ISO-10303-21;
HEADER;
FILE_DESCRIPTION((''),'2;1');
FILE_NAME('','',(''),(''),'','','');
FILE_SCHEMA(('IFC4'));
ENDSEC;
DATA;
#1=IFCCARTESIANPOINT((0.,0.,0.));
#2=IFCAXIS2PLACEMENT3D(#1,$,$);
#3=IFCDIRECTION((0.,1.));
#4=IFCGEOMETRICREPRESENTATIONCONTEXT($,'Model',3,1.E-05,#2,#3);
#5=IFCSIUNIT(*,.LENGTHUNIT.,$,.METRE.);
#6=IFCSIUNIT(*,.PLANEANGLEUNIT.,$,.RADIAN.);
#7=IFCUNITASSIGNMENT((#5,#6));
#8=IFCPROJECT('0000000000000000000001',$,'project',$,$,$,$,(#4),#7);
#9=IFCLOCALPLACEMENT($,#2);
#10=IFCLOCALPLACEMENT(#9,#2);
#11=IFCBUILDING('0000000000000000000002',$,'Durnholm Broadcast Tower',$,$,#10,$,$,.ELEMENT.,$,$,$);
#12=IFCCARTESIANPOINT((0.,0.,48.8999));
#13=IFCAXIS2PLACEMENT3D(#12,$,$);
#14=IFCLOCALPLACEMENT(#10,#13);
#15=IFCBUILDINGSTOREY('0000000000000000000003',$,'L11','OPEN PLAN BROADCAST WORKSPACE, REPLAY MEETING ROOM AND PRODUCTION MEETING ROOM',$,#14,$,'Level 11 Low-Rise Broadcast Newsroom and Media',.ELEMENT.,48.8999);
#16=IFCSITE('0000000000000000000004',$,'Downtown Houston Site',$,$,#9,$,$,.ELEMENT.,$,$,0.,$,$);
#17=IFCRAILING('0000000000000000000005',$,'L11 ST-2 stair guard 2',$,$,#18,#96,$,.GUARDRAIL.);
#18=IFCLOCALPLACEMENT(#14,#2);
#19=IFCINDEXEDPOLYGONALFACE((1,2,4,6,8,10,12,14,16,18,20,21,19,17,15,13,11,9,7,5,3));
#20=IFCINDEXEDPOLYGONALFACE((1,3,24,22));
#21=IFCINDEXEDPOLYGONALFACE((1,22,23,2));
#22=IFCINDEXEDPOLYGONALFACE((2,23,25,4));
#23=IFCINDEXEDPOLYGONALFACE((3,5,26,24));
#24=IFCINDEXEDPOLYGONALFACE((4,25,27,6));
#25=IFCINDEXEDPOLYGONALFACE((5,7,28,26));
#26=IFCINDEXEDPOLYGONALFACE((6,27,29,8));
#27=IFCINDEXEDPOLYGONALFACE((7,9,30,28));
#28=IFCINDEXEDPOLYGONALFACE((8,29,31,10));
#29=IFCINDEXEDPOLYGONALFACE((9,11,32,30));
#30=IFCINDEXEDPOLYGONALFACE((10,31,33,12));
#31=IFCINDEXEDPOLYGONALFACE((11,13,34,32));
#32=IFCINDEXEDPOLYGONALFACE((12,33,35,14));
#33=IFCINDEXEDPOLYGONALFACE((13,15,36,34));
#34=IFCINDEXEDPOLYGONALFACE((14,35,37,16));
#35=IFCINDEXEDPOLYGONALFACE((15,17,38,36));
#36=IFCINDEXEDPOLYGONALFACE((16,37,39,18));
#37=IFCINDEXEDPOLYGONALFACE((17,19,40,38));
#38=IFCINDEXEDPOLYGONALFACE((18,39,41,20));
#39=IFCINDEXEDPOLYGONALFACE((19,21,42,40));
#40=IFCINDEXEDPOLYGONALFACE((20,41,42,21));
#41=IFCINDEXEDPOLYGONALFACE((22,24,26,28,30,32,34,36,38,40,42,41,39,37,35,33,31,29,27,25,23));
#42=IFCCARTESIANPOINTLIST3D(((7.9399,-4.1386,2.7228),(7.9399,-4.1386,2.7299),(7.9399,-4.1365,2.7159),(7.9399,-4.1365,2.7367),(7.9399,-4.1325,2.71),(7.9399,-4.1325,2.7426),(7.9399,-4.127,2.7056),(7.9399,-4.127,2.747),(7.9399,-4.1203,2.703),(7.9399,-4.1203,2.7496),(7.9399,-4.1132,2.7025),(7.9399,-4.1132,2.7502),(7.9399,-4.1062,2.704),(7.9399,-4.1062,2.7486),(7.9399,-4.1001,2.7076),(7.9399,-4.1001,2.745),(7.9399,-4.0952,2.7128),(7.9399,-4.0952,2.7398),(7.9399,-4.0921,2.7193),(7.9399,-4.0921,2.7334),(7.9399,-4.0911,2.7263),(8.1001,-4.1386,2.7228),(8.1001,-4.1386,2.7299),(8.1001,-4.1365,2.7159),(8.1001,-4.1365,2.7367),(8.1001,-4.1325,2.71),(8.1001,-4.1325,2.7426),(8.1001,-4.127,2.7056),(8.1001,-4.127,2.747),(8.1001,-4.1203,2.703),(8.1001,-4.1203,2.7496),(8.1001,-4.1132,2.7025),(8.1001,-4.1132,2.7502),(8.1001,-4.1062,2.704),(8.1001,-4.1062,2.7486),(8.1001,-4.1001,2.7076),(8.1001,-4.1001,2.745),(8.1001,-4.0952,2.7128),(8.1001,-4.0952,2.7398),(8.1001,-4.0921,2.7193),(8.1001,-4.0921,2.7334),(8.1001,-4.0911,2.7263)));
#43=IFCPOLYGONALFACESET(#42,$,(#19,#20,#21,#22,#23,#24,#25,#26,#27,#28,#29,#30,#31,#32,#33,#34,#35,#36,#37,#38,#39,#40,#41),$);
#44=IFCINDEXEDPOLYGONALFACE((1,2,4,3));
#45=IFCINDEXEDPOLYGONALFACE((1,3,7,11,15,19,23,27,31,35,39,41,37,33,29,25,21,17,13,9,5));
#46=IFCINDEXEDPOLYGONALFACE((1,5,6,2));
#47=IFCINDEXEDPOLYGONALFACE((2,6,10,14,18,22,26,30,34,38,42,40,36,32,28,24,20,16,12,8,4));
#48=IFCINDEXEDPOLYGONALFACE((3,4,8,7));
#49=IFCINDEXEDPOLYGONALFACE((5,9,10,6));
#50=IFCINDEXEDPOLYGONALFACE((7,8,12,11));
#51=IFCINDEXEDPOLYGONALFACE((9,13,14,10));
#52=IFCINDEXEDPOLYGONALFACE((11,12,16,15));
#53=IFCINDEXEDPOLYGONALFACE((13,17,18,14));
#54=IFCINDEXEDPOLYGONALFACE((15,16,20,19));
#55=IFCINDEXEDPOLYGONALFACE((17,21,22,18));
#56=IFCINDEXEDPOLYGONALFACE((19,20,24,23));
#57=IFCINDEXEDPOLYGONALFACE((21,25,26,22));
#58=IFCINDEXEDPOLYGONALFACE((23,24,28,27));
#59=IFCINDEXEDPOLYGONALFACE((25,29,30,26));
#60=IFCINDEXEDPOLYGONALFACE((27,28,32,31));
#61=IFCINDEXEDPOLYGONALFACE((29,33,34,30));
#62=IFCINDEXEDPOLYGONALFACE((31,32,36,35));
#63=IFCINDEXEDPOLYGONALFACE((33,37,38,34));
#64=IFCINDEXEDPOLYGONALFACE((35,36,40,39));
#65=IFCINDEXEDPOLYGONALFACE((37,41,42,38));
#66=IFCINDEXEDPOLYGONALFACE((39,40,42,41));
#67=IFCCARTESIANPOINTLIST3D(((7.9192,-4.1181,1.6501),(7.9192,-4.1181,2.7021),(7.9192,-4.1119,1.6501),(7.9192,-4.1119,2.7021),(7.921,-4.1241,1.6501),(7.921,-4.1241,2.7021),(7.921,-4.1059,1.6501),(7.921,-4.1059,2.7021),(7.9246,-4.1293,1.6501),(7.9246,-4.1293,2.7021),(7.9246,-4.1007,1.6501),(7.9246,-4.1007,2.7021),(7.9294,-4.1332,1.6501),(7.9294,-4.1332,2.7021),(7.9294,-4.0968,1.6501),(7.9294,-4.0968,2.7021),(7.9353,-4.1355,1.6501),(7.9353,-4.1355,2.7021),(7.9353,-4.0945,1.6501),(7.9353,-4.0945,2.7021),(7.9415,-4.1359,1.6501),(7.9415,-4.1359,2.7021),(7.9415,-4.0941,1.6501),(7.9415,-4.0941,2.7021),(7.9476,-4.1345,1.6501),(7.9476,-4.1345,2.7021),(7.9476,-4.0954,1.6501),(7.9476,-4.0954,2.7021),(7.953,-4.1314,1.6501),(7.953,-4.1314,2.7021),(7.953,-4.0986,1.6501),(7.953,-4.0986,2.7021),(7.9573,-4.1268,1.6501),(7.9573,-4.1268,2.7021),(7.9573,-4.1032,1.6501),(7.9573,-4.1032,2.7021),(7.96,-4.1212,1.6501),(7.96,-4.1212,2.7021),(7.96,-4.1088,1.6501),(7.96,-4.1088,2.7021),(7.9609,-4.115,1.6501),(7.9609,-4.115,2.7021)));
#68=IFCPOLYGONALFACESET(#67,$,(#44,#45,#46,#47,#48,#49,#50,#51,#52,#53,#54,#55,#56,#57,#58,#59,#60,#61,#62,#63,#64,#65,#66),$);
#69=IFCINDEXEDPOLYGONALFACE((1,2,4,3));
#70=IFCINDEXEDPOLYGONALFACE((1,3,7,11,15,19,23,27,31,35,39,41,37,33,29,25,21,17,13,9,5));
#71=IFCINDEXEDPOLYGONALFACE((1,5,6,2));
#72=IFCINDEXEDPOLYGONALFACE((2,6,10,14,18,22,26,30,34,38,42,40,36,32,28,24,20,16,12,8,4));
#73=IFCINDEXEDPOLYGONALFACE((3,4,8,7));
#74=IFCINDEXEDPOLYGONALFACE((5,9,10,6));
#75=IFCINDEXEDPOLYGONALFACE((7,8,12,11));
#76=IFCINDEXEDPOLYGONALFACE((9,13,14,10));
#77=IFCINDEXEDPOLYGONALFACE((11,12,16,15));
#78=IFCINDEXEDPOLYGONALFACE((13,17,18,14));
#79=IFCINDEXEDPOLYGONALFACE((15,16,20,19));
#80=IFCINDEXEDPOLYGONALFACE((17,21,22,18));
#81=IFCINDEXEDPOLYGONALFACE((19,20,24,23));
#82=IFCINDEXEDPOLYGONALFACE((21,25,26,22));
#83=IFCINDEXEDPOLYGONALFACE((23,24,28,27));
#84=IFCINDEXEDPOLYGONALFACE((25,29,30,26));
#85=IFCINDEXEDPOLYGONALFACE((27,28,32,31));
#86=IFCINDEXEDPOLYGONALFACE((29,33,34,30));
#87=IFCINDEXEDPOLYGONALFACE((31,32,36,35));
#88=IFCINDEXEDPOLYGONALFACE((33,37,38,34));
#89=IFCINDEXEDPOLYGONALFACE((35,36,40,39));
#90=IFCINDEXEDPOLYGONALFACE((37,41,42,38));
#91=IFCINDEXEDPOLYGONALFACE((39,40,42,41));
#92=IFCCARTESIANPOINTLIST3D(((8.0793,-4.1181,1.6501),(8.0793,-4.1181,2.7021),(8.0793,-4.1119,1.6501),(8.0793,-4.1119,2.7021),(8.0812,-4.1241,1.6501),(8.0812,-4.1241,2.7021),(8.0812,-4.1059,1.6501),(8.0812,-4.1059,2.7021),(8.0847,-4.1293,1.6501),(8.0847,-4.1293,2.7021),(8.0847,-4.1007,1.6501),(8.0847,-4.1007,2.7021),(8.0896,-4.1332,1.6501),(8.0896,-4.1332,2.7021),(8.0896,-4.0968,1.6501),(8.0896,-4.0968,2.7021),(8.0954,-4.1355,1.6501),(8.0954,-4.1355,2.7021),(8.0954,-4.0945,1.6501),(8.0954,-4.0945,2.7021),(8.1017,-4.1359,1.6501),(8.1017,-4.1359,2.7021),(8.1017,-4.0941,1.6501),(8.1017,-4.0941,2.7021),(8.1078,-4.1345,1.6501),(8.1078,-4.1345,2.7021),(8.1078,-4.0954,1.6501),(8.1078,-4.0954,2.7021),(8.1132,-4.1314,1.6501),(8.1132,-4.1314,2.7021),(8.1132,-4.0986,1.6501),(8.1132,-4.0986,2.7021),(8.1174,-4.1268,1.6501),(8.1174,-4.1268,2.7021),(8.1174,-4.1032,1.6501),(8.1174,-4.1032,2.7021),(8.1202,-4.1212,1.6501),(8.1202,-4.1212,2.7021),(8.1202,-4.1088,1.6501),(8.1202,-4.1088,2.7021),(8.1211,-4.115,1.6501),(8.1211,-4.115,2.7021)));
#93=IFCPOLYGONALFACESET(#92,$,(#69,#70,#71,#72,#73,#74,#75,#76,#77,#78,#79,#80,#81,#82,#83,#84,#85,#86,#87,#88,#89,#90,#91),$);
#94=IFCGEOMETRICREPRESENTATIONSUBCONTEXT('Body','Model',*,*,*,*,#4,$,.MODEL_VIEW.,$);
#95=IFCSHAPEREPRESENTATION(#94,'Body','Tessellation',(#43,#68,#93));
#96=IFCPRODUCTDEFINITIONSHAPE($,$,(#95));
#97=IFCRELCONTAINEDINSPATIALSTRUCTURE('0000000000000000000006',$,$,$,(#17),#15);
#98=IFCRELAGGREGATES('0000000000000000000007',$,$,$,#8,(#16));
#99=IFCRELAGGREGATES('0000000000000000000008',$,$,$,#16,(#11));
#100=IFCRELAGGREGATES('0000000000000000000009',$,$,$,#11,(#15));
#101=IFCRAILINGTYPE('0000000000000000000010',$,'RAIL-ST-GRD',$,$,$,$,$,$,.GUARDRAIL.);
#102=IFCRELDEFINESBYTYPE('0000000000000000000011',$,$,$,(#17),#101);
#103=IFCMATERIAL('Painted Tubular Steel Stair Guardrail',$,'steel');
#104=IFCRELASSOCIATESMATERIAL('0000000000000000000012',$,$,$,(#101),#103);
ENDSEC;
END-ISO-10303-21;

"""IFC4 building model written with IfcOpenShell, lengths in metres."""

from ifc_helpers import new_model, si_unit, direction, frame, origin, origin_2d, place, context, subcontext, project, spatial, circle, extrude, material, type_object, element, save


model = new_model("IFC4")

# Units and contexts
model_context = context("Model", 3, precision=1e-05, world=origin(), true_north=direction((0.0, 1.0)))
body_context = subcontext(model_context, "Body", "Model", "MODEL_VIEW")
ifc_project = project(units=[si_unit("LENGTHUNIT", "METRE"), si_unit("PLANEANGLEUNIT", "RADIAN")], contexts=[model_context])

# Site, building, storey
site_placement = place(None, origin())
site = spatial("IfcSite", under=ifc_project, at=site_placement, Name="Downtown Houston Site", CompositionType="ELEMENT", RefElevation=0.0)
building_placement = place(site_placement, origin())
building = spatial("IfcBuilding", under=site, at=building_placement, Name="Durnholm Broadcast Tower", CompositionType="ELEMENT")
storey_placement = place(building_placement, frame((0.0, 0.0, 48.8999)))
storey = spatial("IfcBuildingStorey", under=building, at=storey_placement, Name="L11", Description="OPEN PLAN BROADCAST WORKSPACE, REPLAY MEETING ROOM AND PRODUCTION MEETING ROOM", LongName="Level 11 Low-Rise Broadcast Newsroom and Media", CompositionType="ELEMENT", Elevation=48.8999)

# Railing
ifc_material_1 = material(Name="Painted Tubular Steel Stair Guardrail", Category="steel")
railing_type_1 = type_object("IfcRailingType", Name="RAIL-ST-GRD", PredefinedType="GUARDRAIL", material=ifc_material_1)
railing_1_placement = place(storey_placement, frame((7.9399, -4.115, 1.6501)))
element("IfcRailing", 1, at=railing_1_placement, inside=storey, type_object=railing_type_1, Name="L11 ST-2 stair guard 2", PredefinedType="GUARDRAIL", context=body_context, shape_type="SweptSolid", body=[
    extrude(circle(Radius=0.0239, at=origin_2d()), frame((0.0, 0.0, 1.0762), z_axis=(1.0, 0.0, 0.0), x_axis=(0.0, 1.0, 0.0)), (0.0, 0.0, 1.0), 0.1602),
    extrude(circle(Radius=0.021, at=origin_2d()), origin(), (0.0, 0.0, 1.0), 1.052),
    extrude(circle(Radius=0.021, at=origin_2d()), frame((0.1602, 0.0, 0.0)), (0.0, 0.0, 1.0), 1.052),
])

save(model, "model.ifc")
